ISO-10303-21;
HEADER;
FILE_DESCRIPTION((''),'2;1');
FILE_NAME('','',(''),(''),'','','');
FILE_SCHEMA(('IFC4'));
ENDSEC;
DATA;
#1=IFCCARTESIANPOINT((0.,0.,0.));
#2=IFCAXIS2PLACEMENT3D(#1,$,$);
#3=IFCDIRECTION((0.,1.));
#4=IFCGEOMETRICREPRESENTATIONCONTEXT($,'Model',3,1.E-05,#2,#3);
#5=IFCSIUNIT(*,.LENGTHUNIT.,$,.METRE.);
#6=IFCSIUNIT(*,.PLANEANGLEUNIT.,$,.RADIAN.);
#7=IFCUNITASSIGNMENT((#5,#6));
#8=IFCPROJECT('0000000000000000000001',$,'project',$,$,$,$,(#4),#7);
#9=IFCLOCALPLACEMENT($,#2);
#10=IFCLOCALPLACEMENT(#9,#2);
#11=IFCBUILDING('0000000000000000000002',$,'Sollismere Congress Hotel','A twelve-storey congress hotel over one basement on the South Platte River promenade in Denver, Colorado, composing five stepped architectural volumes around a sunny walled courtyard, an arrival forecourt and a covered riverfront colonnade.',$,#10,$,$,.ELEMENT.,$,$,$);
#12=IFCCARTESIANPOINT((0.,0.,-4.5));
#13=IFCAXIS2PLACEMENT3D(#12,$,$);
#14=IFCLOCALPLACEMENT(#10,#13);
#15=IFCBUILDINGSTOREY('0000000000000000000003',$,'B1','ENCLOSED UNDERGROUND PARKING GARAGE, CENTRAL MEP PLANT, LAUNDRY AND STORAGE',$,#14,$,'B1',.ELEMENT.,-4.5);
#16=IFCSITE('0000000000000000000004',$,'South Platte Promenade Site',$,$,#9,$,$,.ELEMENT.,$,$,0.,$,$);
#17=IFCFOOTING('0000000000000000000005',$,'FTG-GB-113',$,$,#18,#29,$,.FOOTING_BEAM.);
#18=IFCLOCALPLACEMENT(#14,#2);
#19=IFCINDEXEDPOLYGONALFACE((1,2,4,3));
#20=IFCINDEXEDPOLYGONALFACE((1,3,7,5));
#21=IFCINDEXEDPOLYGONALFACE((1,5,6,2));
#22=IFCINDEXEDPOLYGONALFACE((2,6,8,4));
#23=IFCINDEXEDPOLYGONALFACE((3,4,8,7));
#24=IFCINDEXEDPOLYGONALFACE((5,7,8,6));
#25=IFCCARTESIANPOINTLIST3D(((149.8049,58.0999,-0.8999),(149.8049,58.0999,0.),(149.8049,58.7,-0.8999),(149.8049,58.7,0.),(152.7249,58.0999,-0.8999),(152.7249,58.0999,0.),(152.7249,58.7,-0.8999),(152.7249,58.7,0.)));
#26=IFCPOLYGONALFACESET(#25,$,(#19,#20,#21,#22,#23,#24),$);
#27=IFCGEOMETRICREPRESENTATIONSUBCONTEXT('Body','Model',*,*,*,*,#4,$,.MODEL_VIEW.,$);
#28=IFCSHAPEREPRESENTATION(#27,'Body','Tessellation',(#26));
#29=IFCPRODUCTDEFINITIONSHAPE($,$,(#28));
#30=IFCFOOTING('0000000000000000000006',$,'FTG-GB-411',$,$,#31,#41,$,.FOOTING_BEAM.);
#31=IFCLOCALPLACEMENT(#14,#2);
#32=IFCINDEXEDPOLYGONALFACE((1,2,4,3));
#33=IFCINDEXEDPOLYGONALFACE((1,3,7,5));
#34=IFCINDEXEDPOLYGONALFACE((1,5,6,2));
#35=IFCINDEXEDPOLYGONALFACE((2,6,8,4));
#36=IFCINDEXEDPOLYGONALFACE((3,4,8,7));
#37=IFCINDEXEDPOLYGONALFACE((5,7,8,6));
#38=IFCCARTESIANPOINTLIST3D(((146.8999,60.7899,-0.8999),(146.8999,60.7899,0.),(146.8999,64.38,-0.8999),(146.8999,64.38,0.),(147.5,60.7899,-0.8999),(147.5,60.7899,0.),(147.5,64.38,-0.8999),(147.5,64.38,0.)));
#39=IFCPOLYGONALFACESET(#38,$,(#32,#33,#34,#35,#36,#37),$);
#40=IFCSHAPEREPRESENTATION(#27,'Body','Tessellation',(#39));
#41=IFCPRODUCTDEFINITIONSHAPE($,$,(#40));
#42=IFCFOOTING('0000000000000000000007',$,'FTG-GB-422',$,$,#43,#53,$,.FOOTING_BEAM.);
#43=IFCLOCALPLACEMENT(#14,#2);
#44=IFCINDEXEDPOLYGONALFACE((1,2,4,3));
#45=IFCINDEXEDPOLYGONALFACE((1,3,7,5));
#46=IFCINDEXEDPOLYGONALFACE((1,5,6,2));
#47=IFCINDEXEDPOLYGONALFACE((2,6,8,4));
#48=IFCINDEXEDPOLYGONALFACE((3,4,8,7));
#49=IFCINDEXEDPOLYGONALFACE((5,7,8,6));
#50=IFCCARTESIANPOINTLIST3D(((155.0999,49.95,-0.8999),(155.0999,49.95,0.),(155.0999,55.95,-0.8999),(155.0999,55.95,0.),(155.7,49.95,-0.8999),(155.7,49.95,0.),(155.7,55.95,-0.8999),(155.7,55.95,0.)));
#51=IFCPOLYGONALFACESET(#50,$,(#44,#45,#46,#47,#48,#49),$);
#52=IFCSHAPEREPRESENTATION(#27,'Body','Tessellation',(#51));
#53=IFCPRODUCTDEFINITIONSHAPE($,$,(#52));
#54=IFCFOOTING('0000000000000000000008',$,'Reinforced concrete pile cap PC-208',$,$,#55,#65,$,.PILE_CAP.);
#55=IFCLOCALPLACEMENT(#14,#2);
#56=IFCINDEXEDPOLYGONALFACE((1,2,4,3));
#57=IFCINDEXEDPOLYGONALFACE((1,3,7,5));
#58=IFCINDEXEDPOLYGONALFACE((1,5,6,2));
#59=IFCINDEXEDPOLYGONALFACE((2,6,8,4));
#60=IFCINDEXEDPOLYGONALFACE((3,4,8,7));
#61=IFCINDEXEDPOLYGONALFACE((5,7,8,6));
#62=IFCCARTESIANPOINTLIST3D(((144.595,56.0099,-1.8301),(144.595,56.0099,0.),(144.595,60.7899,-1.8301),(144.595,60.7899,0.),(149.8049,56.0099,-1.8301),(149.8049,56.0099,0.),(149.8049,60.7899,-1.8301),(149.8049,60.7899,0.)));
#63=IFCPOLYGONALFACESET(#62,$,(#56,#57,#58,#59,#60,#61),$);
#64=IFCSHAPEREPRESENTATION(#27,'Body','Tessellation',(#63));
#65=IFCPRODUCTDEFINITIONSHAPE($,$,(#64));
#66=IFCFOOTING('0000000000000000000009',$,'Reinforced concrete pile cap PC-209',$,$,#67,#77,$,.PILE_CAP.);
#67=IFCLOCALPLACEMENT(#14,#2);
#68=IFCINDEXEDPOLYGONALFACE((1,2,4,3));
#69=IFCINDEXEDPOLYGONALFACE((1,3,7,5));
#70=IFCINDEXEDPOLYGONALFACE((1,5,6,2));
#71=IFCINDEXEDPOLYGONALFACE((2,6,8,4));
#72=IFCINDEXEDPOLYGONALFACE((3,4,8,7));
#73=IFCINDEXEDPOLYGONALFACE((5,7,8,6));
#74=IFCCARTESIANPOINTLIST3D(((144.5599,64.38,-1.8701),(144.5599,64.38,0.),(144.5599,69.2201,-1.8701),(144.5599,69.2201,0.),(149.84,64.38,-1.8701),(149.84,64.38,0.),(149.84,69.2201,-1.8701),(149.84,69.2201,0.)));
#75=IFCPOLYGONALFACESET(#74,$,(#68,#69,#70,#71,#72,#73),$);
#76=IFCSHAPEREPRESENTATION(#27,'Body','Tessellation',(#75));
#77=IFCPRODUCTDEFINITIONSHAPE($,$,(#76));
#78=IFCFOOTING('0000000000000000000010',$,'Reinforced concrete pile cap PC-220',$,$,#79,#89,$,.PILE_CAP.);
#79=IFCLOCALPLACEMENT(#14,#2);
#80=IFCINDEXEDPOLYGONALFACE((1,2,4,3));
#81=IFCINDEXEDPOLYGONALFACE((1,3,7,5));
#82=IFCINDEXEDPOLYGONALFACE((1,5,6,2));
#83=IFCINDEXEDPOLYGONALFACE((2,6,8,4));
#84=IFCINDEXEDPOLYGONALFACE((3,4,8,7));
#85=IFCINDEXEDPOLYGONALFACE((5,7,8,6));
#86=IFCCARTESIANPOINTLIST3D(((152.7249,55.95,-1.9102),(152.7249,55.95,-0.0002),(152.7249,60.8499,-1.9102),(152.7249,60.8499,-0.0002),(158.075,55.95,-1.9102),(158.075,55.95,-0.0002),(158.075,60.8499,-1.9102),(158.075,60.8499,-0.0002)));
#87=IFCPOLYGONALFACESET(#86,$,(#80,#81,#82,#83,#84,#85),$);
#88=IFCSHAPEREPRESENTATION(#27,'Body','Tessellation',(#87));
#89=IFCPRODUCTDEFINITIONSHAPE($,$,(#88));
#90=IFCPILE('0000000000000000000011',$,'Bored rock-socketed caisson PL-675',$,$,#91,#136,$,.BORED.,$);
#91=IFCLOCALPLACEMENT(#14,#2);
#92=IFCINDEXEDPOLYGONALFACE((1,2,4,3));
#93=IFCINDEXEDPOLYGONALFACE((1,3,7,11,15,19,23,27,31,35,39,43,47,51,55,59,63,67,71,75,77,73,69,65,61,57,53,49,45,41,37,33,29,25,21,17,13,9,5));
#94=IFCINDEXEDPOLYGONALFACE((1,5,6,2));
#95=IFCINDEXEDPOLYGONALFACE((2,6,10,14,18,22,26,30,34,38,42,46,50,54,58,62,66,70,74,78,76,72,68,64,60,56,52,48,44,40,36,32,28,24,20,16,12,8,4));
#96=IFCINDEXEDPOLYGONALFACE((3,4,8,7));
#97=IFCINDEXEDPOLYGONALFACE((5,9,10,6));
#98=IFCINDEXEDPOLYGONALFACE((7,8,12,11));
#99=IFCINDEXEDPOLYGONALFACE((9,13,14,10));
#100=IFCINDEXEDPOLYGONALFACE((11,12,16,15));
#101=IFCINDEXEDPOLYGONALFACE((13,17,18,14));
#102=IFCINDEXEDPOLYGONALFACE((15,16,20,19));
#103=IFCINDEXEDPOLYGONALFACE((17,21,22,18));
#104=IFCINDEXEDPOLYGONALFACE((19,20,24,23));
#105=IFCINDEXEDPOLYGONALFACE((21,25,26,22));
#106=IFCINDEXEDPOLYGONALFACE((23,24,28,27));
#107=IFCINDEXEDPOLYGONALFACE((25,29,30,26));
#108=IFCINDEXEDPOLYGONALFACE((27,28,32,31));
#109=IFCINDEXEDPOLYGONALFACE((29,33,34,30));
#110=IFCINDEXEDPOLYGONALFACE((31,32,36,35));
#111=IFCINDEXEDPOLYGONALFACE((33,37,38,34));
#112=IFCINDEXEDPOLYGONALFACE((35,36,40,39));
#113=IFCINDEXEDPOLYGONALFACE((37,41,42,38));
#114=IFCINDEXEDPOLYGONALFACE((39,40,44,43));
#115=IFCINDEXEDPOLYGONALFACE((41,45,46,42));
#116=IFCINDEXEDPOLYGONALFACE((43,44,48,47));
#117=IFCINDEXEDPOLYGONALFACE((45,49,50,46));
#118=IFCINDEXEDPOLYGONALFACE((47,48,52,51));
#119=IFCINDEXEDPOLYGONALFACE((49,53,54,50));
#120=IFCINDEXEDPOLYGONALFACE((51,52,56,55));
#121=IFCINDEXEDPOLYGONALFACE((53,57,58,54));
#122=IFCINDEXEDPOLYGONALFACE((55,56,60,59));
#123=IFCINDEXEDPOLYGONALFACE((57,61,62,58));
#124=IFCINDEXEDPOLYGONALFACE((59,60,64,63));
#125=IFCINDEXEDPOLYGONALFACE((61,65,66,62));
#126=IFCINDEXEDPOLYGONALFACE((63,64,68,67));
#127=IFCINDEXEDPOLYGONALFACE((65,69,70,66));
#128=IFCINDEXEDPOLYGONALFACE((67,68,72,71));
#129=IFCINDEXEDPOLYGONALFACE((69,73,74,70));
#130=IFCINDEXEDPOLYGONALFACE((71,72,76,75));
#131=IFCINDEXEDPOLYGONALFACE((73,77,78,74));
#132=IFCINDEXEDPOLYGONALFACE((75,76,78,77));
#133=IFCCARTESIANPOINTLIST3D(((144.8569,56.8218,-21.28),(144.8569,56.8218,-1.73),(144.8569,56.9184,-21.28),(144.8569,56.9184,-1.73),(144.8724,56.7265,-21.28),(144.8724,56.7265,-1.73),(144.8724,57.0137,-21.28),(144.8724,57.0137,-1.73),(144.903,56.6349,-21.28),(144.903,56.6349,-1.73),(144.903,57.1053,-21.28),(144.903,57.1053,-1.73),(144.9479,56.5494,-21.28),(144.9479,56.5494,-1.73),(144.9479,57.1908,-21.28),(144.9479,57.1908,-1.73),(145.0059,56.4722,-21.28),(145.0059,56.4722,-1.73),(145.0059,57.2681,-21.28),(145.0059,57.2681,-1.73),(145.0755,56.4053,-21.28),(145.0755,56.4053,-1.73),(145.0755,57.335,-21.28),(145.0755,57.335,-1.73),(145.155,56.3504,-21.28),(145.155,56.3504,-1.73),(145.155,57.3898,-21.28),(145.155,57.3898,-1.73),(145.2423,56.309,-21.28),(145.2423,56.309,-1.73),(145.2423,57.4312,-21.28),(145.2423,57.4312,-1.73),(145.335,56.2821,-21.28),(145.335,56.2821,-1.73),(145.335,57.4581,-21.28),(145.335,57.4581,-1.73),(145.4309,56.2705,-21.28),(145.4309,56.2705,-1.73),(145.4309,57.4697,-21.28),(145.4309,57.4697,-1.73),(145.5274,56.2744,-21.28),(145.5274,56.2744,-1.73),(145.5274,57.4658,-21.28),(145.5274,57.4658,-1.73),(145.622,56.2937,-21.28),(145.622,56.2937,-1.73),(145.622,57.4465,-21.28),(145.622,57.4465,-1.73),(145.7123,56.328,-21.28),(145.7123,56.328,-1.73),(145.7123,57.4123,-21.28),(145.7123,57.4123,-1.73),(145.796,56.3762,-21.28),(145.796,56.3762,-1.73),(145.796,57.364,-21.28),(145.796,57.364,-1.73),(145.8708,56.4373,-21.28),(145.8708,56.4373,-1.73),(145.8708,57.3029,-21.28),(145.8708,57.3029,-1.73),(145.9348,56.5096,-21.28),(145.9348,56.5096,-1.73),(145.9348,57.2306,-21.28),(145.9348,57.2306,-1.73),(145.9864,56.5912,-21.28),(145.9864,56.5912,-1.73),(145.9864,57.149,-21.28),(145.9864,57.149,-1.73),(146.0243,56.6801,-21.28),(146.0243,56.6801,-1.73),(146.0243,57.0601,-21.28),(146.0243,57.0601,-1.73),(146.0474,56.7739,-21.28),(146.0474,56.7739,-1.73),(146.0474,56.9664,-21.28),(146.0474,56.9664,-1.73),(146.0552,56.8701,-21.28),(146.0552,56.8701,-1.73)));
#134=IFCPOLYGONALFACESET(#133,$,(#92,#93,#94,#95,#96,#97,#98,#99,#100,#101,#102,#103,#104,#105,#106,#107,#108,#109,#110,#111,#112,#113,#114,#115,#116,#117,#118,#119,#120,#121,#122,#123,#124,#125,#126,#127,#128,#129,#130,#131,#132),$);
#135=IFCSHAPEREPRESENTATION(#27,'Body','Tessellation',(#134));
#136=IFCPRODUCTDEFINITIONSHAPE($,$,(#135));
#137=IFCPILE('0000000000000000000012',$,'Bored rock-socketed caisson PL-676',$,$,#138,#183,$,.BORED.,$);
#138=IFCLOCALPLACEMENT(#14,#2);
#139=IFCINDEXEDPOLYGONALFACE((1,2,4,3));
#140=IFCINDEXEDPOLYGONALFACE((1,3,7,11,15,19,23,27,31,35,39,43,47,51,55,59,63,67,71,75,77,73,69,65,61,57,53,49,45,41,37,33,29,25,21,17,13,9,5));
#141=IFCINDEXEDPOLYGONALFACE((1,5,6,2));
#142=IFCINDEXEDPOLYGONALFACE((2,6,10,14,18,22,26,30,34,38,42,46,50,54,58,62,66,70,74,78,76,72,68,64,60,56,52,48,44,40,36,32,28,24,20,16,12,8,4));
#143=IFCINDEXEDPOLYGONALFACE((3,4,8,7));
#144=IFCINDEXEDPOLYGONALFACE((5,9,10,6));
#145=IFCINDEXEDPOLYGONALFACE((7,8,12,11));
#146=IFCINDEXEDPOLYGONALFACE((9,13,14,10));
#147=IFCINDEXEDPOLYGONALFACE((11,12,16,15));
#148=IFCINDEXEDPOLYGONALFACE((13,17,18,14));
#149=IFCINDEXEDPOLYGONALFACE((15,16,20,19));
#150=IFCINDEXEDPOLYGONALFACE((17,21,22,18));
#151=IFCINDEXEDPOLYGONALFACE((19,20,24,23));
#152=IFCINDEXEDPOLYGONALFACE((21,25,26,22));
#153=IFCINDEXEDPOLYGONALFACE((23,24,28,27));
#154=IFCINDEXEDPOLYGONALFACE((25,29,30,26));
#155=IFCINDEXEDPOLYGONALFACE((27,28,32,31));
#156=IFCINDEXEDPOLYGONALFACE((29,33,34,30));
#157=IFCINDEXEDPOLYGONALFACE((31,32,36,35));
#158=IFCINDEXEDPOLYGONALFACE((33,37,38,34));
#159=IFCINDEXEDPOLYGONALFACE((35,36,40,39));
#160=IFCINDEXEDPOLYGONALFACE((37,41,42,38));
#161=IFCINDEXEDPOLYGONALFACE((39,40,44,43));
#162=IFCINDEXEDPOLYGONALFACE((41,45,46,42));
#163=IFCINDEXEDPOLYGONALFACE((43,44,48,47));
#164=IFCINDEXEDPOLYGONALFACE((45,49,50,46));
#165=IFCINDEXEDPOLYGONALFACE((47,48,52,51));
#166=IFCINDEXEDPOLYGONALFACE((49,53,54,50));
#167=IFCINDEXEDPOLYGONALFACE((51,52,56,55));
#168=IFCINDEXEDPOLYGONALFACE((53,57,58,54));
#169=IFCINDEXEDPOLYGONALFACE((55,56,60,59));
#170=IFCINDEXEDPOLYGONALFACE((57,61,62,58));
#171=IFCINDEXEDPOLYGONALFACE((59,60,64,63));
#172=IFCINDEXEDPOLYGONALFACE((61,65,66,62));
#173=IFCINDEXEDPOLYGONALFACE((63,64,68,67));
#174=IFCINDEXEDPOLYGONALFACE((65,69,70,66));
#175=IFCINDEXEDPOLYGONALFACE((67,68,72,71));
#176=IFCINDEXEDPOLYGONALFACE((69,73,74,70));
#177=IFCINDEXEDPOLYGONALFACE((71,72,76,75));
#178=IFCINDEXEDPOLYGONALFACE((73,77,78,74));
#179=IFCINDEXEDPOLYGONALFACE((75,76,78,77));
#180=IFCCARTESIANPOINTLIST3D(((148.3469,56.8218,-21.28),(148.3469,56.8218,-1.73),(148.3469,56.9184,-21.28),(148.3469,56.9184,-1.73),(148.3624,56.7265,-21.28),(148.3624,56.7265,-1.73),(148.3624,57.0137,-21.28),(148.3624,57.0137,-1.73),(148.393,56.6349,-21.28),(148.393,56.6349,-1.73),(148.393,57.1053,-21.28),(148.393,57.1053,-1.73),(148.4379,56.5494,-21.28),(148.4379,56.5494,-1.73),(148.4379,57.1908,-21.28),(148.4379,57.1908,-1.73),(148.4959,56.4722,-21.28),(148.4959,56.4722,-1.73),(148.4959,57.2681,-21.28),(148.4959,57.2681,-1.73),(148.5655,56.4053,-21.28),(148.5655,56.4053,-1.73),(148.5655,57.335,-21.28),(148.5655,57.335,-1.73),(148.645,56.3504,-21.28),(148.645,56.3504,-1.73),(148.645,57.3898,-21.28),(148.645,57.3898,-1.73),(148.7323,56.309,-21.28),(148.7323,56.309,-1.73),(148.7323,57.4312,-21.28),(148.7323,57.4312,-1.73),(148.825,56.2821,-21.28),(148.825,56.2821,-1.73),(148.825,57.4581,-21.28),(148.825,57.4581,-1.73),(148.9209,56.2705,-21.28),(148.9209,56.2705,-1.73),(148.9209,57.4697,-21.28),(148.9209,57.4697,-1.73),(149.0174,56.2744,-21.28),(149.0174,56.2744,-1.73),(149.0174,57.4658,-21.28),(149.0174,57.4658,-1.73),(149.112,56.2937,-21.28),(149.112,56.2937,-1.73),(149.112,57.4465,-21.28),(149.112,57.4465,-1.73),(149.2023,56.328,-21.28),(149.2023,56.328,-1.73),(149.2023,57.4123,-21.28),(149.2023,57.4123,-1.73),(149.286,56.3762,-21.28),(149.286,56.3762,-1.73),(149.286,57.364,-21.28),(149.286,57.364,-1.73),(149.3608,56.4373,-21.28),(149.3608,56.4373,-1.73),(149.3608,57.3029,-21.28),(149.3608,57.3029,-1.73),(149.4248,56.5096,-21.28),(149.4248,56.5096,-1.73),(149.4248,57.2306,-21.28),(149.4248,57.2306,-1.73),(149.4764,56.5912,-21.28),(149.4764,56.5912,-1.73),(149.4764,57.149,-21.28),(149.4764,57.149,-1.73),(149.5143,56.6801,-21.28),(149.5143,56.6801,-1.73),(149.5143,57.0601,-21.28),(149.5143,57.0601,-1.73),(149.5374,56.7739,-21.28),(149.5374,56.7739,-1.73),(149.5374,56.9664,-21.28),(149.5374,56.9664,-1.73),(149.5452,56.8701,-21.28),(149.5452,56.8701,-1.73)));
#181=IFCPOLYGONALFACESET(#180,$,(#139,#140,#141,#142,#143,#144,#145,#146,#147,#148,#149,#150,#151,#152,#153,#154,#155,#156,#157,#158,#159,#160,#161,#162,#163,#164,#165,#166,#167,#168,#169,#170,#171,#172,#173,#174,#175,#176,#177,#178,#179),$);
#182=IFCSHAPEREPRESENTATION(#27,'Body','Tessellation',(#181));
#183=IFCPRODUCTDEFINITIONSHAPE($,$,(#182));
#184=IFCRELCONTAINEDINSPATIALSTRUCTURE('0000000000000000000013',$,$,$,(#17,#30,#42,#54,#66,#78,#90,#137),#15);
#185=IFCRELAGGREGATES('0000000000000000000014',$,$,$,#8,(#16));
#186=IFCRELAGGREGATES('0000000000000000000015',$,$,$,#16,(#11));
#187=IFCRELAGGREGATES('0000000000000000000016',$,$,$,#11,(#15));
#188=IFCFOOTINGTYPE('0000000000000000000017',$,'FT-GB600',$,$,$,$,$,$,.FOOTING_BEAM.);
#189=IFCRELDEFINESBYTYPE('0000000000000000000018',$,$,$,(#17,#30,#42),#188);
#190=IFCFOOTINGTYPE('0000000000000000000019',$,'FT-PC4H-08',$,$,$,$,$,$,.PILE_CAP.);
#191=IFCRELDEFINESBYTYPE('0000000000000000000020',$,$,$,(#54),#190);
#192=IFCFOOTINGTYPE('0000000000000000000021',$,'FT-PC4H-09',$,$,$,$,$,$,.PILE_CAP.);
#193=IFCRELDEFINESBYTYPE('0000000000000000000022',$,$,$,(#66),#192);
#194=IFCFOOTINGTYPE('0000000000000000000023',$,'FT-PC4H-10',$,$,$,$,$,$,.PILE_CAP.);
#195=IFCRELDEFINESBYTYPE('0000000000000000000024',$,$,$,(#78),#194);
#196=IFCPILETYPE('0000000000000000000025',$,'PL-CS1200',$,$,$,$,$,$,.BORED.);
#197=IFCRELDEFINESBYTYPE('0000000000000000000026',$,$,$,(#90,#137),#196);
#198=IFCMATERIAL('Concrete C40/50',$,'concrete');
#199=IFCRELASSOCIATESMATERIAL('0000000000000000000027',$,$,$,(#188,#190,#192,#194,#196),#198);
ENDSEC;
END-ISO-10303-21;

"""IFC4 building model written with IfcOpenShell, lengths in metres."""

from ifc_helpers import new_model, si_unit, direction, frame, origin, origin_2d, place, context, subcontext, project, spatial, rectangle, circle, extrude, material, material_profile, profile_set, type_object, element, save


model = new_model("IFC4")

# Units and contexts
model_context = context("Model", 3, precision=1e-05, world=origin(), true_north=direction((0.0, 1.0)))
body_context = subcontext(model_context, "Body", "Model", "MODEL_VIEW")
ifc_project = project(units=[si_unit("LENGTHUNIT", "METRE"), si_unit("PLANEANGLEUNIT", "RADIAN")], contexts=[model_context])

# Site, building, storey
site_placement = place(None, origin())
site = spatial("IfcSite", under=ifc_project, at=site_placement, Name="South Platte Promenade Site", CompositionType="ELEMENT", RefElevation=0.0)
building_placement = place(site_placement, origin())
building = spatial("IfcBuilding", under=site, at=building_placement, Name="Sollismere Congress Hotel", Description="A twelve-storey congress hotel over one basement on the South Platte River promenade in Denver, Colorado, composing five stepped architectural volumes around a sunny walled courtyard, an arrival forecourt and a covered riverfront colonnade.", CompositionType="ELEMENT")
storey_placement = place(building_placement, frame((0.0, 0.0, -4.5)))
storey = spatial("IfcBuildingStorey", under=building, at=storey_placement, Name="B1", Description="ENCLOSED UNDERGROUND PARKING GARAGE, CENTRAL MEP PLANT, LAUNDRY AND STORAGE", LongName="B1", CompositionType="ELEMENT", Elevation=-4.5)

# Footings
ifc_material_1 = material(Name="Concrete C40/50", Category="concrete")
footing_type_1 = type_object("IfcFootingType", Name="FT-GB600", PredefinedType="FOOTING_BEAM", material=ifc_material_1)
footing_1_placement = place(storey_placement, frame((151.2649, 58.3999, -0.8999), z_axis=(0.0, 0.0, 1.0), x_axis=(1.0, 0.0, 0.0)))
element("IfcFooting", 1, at=footing_1_placement, inside=storey, type_object=footing_type_1, Name="FTG-GB-113", PredefinedType="FOOTING_BEAM", context=body_context, shape_type="SweptSolid", body=[
    extrude(rectangle(XDim=2.9199, YDim=0.6001, at=origin_2d()), origin(), (0.0, 0.0, 1.0), 0.8999),
])
footing_2_placement = place(storey_placement, frame((147.2, 62.585, -0.8999), z_axis=(0.0, 0.0, 1.0), x_axis=(0.0, 1.0, 0.0)))
element("IfcFooting", 2, at=footing_2_placement, inside=storey, type_object=footing_type_1, Name="FTG-GB-411", PredefinedType="FOOTING_BEAM", context=body_context, shape_type="SweptSolid", body=[
    extrude(rectangle(XDim=3.5901, YDim=0.6001, at=origin_2d()), origin(), (0.0, 0.0, 1.0), 0.8999),
])
footing_3_placement = place(storey_placement, frame((155.3999, 52.95, -0.8999), z_axis=(0.0, 0.0, 1.0), x_axis=(0.0, 1.0, 0.0)))
element("IfcFooting", 3, at=footing_3_placement, inside=storey, type_object=footing_type_1, Name="FTG-GB-422", PredefinedType="FOOTING_BEAM", context=body_context, shape_type="SweptSolid", body=[
    extrude(rectangle(XDim=6.0, YDim=0.6001, at=origin_2d()), origin(), (0.0, 0.0, 1.0), 0.8999),
])
footing_type_2 = type_object("IfcFootingType", Name="FT-PC4H-08", PredefinedType="PILE_CAP", material=ifc_material_1)
footing_4_placement = place(storey_placement, frame((147.2, 58.3999, -1.8301), z_axis=(0.0, 0.0, 1.0), x_axis=(1.0, 0.0, 0.0)))
element("IfcFooting", 4, at=footing_4_placement, inside=storey, type_object=footing_type_2, Name="Reinforced concrete pile cap PC-208", PredefinedType="PILE_CAP", context=body_context, shape_type="SweptSolid", body=[
    extrude(rectangle(XDim=5.21, YDim=4.78, at=origin_2d()), origin(), (0.0, 0.0, 1.0), 1.8301),
])
footing_type_3 = type_object("IfcFootingType", Name="FT-PC4H-09", PredefinedType="PILE_CAP", material=ifc_material_1)
footing_5_placement = place(storey_placement, frame((147.2, 66.8, -1.8701), z_axis=(0.0, 0.0, 1.0), x_axis=(1.0, 0.0, 0.0)))
element("IfcFooting", 5, at=footing_5_placement, inside=storey, type_object=footing_type_3, Name="Reinforced concrete pile cap PC-209", PredefinedType="PILE_CAP", context=body_context, shape_type="SweptSolid", body=[
    extrude(rectangle(XDim=5.28, YDim=4.8401, at=origin_2d()), origin(), (0.0, 0.0, 1.0), 1.8701),
])
footing_type_4 = type_object("IfcFootingType", Name="FT-PC4H-10", PredefinedType="PILE_CAP", material=ifc_material_1)
footing_6_placement = place(storey_placement, frame((155.3999, 58.3999, -1.9102), z_axis=(0.0, 0.0, 1.0), x_axis=(1.0, 0.0, 0.0)))
element("IfcFooting", 6, at=footing_6_placement, inside=storey, type_object=footing_type_4, Name="Reinforced concrete pile cap PC-220", PredefinedType="PILE_CAP", context=body_context, shape_type="SweptSolid", body=[
    extrude(rectangle(XDim=5.3501, YDim=4.8999, at=origin_2d()), origin(), (0.0, 0.0, 1.0), 1.9099),
])

# Piles
ifc_material_profile_1 = material_profile(ifc_material_1, circle(Radius=0.6001, at=origin_2d()), Name="CAISSON1200")
ifc_profile_set_1 = profile_set([ifc_material_profile_1], Name="Concrete C40/50")
pile_type = type_object("IfcPileType", Name="PL-CS1200", PredefinedType="BORED", material=ifc_profile_set_1)
for number, where, z_axis, x_axis, name in (
    (7, (145.4551, 56.8701, -1.73), (0.0, 0.0, -1.0), (1.0, 0.0, 0.0), "Bored rock-socketed caisson PL-675"),
    (8, (148.9451, 56.8701, -1.73), (0.0, 0.0, -1.0), (1.0, 0.0, 0.0), "Bored rock-socketed caisson PL-676"),
):
    element("IfcPile", number, at=place(storey_placement, frame(where, z_axis=z_axis, x_axis=x_axis)), inside=storey, type_object=pile_type, Name=name, PredefinedType="BORED", context=body_context, shape_type="SweptSolid", body=[
        extrude(circle(Radius=0.6001, at=origin_2d()), origin(), (0.0, 0.0, 1.0), 19.55),
    ])

save(model, "model.ifc")
